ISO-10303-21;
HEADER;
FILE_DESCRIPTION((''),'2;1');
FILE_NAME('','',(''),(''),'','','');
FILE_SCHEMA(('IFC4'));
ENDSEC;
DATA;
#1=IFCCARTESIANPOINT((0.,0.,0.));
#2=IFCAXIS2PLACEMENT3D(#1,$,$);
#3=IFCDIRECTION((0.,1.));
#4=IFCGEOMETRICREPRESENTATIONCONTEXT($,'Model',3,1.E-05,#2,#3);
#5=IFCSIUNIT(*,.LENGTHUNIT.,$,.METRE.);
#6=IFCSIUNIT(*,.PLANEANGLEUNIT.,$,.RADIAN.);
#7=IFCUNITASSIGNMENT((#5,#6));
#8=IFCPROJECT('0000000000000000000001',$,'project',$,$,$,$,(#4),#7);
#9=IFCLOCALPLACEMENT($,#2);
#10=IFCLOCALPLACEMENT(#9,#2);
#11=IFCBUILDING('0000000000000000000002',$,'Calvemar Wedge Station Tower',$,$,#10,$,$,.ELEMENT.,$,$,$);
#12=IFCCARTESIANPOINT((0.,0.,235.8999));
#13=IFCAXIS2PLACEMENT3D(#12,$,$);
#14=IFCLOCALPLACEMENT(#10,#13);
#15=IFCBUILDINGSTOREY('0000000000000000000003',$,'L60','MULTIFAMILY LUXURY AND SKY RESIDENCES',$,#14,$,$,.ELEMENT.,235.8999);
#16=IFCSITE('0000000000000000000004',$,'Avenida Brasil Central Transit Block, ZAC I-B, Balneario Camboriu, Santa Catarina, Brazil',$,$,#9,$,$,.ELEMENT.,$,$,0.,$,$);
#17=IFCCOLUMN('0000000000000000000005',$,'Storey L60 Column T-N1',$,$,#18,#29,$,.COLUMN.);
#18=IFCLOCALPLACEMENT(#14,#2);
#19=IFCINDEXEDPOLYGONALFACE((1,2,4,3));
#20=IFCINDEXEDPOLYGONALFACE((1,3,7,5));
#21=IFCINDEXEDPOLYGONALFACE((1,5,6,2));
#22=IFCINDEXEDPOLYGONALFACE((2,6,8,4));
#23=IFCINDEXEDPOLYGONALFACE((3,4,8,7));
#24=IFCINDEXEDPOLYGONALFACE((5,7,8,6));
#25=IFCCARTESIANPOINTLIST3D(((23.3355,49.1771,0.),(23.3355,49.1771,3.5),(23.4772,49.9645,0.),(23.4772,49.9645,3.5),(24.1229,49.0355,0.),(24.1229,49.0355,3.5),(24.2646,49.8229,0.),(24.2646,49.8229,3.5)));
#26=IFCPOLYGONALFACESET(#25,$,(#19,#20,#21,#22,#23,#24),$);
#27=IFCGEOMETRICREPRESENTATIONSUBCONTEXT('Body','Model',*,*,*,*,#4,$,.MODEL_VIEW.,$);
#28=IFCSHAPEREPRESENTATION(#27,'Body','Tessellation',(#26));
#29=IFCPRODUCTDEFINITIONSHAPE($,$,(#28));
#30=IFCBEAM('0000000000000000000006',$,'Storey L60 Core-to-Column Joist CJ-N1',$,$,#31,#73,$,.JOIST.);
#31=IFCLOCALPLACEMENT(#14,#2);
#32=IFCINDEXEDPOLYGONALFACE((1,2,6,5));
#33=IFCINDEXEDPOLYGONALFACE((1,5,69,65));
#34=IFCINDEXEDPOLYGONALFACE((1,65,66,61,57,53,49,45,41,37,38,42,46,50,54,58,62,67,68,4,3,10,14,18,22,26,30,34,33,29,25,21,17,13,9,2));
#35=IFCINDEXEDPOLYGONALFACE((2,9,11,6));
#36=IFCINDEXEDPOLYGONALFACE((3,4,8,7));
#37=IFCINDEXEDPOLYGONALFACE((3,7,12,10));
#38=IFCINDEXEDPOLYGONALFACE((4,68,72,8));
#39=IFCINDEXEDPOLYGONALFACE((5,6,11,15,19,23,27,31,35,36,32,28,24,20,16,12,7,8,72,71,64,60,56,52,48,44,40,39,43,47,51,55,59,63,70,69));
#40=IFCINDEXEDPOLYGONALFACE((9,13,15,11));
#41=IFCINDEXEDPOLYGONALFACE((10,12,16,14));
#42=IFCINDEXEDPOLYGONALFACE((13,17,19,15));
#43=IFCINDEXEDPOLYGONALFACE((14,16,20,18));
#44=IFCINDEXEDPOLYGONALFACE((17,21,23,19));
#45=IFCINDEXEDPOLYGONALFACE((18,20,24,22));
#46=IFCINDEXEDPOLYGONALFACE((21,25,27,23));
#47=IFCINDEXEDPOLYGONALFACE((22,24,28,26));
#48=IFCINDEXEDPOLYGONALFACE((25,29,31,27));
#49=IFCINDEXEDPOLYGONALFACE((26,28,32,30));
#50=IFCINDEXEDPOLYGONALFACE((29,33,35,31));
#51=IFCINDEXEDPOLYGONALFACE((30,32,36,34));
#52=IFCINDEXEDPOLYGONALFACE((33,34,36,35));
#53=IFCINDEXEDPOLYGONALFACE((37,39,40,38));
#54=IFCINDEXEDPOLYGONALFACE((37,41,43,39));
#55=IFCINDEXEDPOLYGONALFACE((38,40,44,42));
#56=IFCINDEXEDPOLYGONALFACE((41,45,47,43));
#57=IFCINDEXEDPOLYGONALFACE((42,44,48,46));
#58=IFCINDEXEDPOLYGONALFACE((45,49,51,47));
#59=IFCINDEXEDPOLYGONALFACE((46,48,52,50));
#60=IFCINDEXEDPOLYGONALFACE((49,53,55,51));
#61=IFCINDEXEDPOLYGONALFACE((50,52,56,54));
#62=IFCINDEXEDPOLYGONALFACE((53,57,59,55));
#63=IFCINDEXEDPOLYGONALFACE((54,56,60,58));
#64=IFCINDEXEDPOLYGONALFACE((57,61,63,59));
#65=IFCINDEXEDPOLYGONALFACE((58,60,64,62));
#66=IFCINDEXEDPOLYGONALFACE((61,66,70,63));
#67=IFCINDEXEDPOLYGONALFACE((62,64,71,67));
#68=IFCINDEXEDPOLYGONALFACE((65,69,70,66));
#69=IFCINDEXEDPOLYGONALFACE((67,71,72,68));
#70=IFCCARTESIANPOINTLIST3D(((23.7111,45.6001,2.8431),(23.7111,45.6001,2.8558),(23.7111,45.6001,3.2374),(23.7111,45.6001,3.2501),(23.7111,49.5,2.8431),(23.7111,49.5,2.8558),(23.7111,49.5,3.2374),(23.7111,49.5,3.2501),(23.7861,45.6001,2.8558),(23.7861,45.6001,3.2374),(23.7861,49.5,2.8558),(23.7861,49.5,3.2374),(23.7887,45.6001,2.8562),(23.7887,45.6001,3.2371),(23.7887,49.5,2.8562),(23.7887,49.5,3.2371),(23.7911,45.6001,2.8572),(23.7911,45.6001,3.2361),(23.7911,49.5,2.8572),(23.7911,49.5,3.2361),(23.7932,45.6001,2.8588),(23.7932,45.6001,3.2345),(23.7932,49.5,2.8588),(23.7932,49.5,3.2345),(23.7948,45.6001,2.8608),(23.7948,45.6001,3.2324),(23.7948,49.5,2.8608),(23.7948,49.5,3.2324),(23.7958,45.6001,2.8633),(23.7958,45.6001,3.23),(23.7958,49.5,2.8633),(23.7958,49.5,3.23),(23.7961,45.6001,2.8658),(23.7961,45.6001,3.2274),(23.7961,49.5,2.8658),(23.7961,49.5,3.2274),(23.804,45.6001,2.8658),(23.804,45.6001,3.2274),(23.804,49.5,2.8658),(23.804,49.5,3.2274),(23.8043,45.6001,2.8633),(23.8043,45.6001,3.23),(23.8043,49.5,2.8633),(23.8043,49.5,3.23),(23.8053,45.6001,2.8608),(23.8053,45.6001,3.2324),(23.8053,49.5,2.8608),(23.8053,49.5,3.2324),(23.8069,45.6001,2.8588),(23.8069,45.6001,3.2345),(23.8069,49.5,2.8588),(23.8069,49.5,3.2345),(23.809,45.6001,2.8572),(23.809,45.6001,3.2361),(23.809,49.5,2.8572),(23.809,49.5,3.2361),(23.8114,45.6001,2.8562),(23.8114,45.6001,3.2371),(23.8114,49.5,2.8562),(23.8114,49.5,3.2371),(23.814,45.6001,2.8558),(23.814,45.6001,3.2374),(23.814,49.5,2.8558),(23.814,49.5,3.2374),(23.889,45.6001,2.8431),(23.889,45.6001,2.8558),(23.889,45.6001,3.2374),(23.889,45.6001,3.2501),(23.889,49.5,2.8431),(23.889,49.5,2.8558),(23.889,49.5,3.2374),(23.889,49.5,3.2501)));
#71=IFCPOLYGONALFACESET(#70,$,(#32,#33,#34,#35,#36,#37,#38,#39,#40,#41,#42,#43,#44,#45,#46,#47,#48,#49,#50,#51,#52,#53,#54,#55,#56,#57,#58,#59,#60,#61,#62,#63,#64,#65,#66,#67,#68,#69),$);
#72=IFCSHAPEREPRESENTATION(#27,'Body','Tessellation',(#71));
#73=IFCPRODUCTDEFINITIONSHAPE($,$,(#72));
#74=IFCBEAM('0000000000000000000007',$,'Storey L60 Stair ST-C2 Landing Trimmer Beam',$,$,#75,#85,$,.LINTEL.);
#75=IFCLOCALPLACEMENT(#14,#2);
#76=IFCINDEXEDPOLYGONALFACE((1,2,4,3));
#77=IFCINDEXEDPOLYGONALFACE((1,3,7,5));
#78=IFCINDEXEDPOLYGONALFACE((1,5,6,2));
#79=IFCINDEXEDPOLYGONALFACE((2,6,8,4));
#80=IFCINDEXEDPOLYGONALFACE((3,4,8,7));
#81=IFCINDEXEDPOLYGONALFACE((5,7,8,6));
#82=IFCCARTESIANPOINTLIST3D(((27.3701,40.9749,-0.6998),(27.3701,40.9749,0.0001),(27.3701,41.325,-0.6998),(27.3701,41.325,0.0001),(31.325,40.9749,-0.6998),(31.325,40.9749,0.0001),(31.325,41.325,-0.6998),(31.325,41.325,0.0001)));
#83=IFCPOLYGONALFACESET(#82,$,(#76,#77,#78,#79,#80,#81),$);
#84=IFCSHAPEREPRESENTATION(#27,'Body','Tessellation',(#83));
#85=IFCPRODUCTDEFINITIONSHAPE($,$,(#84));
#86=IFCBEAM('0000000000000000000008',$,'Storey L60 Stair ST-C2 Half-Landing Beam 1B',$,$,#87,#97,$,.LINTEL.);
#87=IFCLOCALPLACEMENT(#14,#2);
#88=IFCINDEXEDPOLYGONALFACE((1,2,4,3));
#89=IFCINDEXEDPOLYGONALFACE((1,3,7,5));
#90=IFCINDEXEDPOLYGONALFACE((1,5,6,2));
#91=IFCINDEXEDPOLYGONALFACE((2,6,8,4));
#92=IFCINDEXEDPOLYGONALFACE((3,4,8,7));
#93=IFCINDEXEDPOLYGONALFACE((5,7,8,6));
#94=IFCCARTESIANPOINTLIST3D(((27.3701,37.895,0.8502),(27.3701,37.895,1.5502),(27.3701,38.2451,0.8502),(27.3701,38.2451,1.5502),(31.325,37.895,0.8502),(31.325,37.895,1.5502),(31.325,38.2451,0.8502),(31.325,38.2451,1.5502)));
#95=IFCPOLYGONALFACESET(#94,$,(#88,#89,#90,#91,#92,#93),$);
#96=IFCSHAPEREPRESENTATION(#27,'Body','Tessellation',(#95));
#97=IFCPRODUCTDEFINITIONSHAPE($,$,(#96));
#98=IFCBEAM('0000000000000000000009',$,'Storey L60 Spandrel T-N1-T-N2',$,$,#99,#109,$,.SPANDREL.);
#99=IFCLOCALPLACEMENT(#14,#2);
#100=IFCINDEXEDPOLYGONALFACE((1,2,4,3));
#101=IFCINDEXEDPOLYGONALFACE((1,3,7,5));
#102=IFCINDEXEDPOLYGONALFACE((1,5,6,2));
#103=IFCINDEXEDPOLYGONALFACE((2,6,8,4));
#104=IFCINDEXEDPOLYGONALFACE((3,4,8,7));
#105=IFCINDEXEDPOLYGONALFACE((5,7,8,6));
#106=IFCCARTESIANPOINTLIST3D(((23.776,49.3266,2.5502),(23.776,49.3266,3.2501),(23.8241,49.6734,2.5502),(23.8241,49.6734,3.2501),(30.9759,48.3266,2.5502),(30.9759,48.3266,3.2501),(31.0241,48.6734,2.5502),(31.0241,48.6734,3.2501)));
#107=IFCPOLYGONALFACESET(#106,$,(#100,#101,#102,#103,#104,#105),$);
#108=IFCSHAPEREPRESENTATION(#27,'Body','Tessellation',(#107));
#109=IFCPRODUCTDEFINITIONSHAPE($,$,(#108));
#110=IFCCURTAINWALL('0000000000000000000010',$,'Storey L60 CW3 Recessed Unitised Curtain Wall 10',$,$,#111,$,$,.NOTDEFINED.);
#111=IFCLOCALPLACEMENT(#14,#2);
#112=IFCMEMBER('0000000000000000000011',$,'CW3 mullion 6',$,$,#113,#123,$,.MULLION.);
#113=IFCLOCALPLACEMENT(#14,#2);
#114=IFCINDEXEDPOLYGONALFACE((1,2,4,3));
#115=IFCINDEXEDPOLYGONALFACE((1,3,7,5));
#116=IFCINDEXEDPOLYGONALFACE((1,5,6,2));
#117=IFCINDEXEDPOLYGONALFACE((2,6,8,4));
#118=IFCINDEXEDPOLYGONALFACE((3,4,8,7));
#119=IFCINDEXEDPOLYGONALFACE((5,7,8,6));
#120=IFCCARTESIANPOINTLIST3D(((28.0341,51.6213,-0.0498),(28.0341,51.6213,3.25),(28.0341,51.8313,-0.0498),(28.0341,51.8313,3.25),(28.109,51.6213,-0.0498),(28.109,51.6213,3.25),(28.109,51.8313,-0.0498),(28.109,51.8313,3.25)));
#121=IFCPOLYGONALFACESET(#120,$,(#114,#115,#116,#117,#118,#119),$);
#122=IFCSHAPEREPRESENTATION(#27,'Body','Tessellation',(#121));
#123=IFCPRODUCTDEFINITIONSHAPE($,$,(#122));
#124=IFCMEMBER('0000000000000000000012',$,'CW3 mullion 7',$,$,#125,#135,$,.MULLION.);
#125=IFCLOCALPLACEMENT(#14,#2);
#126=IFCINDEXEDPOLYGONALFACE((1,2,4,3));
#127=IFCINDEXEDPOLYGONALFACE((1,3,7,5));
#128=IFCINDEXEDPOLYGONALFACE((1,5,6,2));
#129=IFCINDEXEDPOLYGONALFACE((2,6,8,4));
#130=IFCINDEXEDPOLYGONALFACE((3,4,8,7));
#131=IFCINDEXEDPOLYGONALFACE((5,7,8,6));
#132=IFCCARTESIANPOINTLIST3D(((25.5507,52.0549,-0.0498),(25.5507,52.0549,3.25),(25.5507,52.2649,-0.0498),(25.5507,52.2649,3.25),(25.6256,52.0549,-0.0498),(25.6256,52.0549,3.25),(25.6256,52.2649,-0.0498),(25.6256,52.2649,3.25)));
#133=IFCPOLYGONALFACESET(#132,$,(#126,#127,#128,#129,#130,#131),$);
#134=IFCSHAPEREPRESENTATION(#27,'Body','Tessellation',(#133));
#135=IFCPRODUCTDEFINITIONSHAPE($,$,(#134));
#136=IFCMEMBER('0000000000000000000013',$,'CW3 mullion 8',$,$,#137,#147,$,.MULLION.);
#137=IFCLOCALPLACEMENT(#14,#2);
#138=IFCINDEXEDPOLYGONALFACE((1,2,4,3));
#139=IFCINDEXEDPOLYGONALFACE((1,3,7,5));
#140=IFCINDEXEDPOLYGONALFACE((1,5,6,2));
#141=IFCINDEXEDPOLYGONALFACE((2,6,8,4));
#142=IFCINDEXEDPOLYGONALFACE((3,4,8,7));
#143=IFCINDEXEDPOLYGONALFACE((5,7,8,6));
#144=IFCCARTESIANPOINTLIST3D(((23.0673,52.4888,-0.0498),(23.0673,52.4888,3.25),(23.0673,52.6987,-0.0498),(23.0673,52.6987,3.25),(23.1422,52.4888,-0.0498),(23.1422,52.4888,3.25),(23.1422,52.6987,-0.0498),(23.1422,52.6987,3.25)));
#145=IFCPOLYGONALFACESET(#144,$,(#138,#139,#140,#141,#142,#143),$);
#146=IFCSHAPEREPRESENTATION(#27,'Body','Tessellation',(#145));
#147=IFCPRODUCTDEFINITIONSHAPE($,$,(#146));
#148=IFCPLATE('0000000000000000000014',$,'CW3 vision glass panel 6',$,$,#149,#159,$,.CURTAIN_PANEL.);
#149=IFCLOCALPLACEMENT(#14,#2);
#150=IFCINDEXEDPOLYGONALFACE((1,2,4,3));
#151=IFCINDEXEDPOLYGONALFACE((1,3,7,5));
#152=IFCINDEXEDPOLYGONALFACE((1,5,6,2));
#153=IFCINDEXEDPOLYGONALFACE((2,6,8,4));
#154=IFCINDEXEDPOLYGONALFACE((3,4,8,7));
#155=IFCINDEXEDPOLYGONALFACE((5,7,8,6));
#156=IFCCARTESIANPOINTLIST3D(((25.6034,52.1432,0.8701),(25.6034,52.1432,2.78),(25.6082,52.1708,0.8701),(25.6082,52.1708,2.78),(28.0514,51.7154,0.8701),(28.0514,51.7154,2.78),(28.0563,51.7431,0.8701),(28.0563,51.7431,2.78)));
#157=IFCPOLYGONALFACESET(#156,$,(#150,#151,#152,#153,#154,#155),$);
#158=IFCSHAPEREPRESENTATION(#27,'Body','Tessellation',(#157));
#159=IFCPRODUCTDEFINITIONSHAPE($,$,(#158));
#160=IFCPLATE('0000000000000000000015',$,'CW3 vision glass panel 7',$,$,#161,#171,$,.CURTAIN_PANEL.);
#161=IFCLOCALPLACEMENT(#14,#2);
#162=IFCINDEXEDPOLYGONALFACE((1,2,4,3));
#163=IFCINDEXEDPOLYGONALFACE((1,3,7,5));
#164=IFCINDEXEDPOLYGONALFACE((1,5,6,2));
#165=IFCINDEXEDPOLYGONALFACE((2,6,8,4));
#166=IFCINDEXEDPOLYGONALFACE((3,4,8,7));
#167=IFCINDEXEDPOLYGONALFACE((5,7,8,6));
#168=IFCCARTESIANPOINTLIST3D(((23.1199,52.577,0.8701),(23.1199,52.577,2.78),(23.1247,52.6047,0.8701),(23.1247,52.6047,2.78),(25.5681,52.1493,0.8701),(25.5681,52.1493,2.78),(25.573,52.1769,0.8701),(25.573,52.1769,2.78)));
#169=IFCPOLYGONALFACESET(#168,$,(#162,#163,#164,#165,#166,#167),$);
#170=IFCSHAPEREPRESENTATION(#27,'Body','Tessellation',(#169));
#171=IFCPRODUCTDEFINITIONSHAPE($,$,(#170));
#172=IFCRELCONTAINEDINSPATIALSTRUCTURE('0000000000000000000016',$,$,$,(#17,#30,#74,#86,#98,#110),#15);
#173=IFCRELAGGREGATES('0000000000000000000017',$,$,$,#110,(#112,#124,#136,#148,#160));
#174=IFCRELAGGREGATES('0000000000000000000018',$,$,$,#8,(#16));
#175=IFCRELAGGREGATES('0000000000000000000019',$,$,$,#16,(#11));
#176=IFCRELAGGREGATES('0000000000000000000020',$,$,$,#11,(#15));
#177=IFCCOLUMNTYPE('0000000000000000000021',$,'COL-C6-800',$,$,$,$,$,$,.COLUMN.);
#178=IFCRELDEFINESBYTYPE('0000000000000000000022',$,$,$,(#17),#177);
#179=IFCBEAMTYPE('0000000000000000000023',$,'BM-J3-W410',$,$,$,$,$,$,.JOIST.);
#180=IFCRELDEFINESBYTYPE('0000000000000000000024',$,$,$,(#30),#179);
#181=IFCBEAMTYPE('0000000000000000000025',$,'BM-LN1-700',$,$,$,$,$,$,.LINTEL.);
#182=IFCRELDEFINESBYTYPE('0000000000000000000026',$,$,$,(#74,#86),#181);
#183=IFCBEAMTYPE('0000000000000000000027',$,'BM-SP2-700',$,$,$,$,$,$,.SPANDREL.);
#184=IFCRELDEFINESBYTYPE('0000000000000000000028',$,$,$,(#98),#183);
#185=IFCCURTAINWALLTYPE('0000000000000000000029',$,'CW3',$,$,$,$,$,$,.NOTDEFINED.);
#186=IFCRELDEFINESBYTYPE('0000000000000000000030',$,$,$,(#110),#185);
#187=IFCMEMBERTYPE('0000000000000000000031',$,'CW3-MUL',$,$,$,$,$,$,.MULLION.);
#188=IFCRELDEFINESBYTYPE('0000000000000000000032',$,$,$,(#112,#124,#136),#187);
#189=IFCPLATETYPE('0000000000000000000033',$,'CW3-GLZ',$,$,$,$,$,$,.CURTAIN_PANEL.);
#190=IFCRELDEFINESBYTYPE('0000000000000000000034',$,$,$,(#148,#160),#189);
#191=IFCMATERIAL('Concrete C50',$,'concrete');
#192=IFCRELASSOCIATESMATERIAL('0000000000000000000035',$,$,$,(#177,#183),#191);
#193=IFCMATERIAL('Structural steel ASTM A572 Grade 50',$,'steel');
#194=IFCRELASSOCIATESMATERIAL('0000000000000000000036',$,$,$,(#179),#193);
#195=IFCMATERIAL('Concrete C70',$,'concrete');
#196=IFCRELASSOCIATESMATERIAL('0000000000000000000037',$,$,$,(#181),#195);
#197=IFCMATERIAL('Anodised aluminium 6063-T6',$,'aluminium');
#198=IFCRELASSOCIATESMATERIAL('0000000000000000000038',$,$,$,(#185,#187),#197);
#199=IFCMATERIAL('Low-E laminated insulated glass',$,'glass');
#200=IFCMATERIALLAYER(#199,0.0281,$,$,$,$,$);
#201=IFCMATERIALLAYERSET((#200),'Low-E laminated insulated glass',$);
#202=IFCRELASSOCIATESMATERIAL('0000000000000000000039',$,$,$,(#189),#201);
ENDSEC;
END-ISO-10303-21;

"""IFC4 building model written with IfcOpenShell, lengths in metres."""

from ifc_helpers import new_model, si_unit, direction, frame, frame_2d, origin, origin_2d, place, context, subcontext, project, spatial, rectangle, i_section, extrude, source, transform, mapped, material, layer, layer_set, material_profile, profile_set, type_object, element, aggregate, save


model = new_model("IFC4")

# Units and contexts
model_context = context("Model", 3, precision=1e-05, world=origin(), true_north=direction((0.0, 1.0)))
body_context = subcontext(model_context, "Body", "Model", "MODEL_VIEW")
ifc_project = project(units=[si_unit("LENGTHUNIT", "METRE"), si_unit("PLANEANGLEUNIT", "RADIAN")], contexts=[model_context])

# Site, building, storey
site_placement = place(None, origin())
site = spatial("IfcSite", under=ifc_project, at=site_placement, Name="Avenida Brasil Central Transit Block, ZAC I-B, Balneario Camboriu, Santa Catarina, Brazil", CompositionType="ELEMENT", RefElevation=0.0)
building_placement = place(site_placement, origin())
building = spatial("IfcBuilding", under=site, at=building_placement, Name="Calvemar Wedge Station Tower", CompositionType="ELEMENT")
storey_placement = place(building_placement, frame((0.0, 0.0, 235.8999)))
storey = spatial("IfcBuildingStorey", under=building, at=storey_placement, Name="L60", Description="MULTIFAMILY LUXURY AND SKY RESIDENCES", CompositionType="ELEMENT", Elevation=235.8999)

# Column
ifc_material_1 = material(Name="Concrete C50", Category="concrete")
ifc_material_profile_1 = material_profile(ifc_material_1, rectangle(XDim=0.8, YDim=0.8, at=origin_2d()), Name="RC800x800")
ifc_profile_set_1 = profile_set([ifc_material_profile_1], Name="Concrete C50")
column_type = type_object("IfcColumnType", Name="COL-C6-800", PredefinedType="COLUMN", material=ifc_profile_set_1)
shared_shape_1 = source(origin(), body_context, "Body", "SweptSolid", [
    extrude(rectangle(XDim=0.8, YDim=0.8, at=origin_2d()), origin(), (0.0, 0.0, 1.0), 3.5),
])
column_placement = place(storey_placement, frame((23.8, 49.5, 0.0), z_axis=(0.0, 0.0, 1.0), x_axis=(0.984196, -0.177085, 0.0)))
element("IfcColumn", 1, at=column_placement, inside=storey, type_object=column_type, Name="Storey L60 Column T-N1", PredefinedType="COLUMN", context=body_context, shape_type="MappedRepresentation", body=[
    mapped(shared_shape_1, transform((0.0, 0.0, 0.0), scale=1.0)),
])

# Beams
ifc_material_2 = material(Name="Structural steel ASTM A572 Grade 50", Category="steel")
ifc_material_profile_2 = material_profile(ifc_material_2, i_section(OverallWidth=0.178, OverallDepth=0.407, WebThickness=0.0078, FlangeThickness=0.0127, FilletRadius=0.01, at=origin_2d()), Name="W410x60")
ifc_profile_set_2 = profile_set([ifc_material_profile_2], Name="Structural steel ASTM A572 Grade 50")
beam_type_1 = type_object("IfcBeamType", Name="BM-J3-W410", PredefinedType="JOIST", material=ifc_profile_set_2)
shared_shape_2 = source(origin(), body_context, "Body", "SweptSolid", [
    extrude(i_section(OverallWidth=0.178, OverallDepth=0.407, WebThickness=0.0078, FlangeThickness=0.0127, FilletRadius=0.01, at=origin_2d()), origin(), (0.0, 0.0, 1.0), 3.8999),
])
beam_1_placement = place(storey_placement, frame((23.8, 45.6001, 3.0466), z_axis=(0.0, 1.0, 0.0), x_axis=(-1.0, 0.0, 0.0)))
element("IfcBeam", 2, at=beam_1_placement, inside=storey, type_object=beam_type_1, Name="Storey L60 Core-to-Column Joist CJ-N1", PredefinedType="JOIST", context=body_context, shape_type="MappedRepresentation", body=[
    mapped(shared_shape_2, transform((0.0, 0.0, 0.0), scale=1.0)),
])
ifc_material_3 = material(Name="Concrete C70", Category="concrete")
ifc_material_profile_3 = material_profile(ifc_material_3, rectangle(XDim=0.3501, YDim=0.7, at=origin_2d()), Name="RC350x700")
ifc_profile_set_3 = profile_set([ifc_material_profile_3], Name="Concrete C70")
beam_type_2 = type_object("IfcBeamType", Name="BM-LN1-700", PredefinedType="LINTEL", material=ifc_profile_set_3)
shared_shape_3 = source(origin(), body_context, "Body", "SweptSolid", [
    extrude(rectangle(XDim=0.3501, YDim=0.7, at=origin_2d()), origin(), (0.0, 0.0, 1.0), 3.9548),
])
for number, where, z_axis, x_axis, name in (
    (3, (27.3701, 41.1499, -0.3499), (1.0, 0.0, 0.0), (0.0, 1.0, 0.0), "Storey L60 Stair ST-C2 Landing Trimmer Beam"),
    (4, (27.3701, 38.0701, 1.2002), (1.0, 0.0, 0.0), (0.0, 1.0, 0.0), "Storey L60 Stair ST-C2 Half-Landing Beam 1B"),
):
    element("IfcBeam", number, at=place(storey_placement, frame(where, z_axis=z_axis, x_axis=x_axis)), inside=storey, type_object=beam_type_2, Name=name, PredefinedType="LINTEL", context=body_context, shape_type="MappedRepresentation", body=[
        mapped(shared_shape_3, transform((0.0, 0.0, 0.0), scale=1.0)),
    ])
ifc_material_profile_4 = material_profile(ifc_material_1, rectangle(XDim=0.3501, YDim=0.7, at=origin_2d()), Name="RC350x700")
ifc_profile_set_4 = profile_set([ifc_material_profile_4], Name="Concrete C50")
beam_type_3 = type_object("IfcBeamType", Name="BM-SP2-700", PredefinedType="SPANDREL", material=ifc_profile_set_4)
shared_shape_4 = source(origin(), body_context, "Body", "SweptSolid", [
    extrude(rectangle(XDim=0.3501, YDim=0.7, at=origin_2d()), origin(), (0.0, 0.0, 1.0), 7.269),
])
beam_2_placement = place(storey_placement, frame((23.8, 49.5, 2.9001), z_axis=(0.990492, -0.137569, 0.0), x_axis=(0.137569, 0.990492, 0.0)))
element("IfcBeam", 5, at=beam_2_placement, inside=storey, type_object=beam_type_3, Name="Storey L60 Spandrel T-N1-T-N2", PredefinedType="SPANDREL", context=body_context, shape_type="MappedRepresentation", body=[
    mapped(shared_shape_4, transform((0.0, 0.0, 0.0), scale=1.0)),
])

# Curtain wall, members, plates
ifc_material_4 = material(Name="Anodised aluminium 6063-T6", Category="aluminium")
curtain_wall_type = type_object("IfcCurtainWallType", Name="CW3", PredefinedType="NOTDEFINED", material=ifc_material_4)
curtain_wall_placement = place(storey_placement, origin())
curtain_wall = element("IfcCurtainWall", 6, at=curtain_wall_placement, inside=storey, type_object=curtain_wall_type, Name="Storey L60 CW3 Recessed Unitised Curtain Wall 10", PredefinedType="NOTDEFINED")
ifc_material_profile_5 = material_profile(ifc_material_4, rectangle(XDim=0.075, YDim=0.21, at=origin_2d()), Name="AL-MUL-75x210")
ifc_profile_set_5 = profile_set([ifc_material_profile_5], Name="Anodised aluminium 6063-T6")
member_type = type_object("IfcMemberType", Name="CW3-MUL", PredefinedType="MULLION", material=ifc_profile_set_5)
shared_shape_5 = source(origin(), body_context, "Body", "SweptSolid", [
    extrude(rectangle(XDim=0.075, YDim=0.21, at=origin_2d()), origin(), (0.0, 0.0, 1.0), 3.2998),
])
member_1_placement = place(storey_placement, frame((28.0715, 51.7263, -0.0498), z_axis=(0.0, 0.0, 1.0), x_axis=(1.0, 0.0, 0.0)))
member_1 = element("IfcMember", 7, at=member_1_placement, type_object=member_type, Name="CW3 mullion 6", PredefinedType="MULLION", context=body_context, shape_type="MappedRepresentation", body=[
    mapped(shared_shape_5, transform((0.0, 0.0, 0.0), scale=1.0)),
])
member_2_placement = place(storey_placement, frame((25.5881, 52.1599, -0.0498), z_axis=(0.0, 0.0, 1.0), x_axis=(1.0, 0.0, 0.0)))
member_2 = element("IfcMember", 8, at=member_2_placement, type_object=member_type, Name="CW3 mullion 7", PredefinedType="MULLION", context=body_context, shape_type="MappedRepresentation", body=[
    mapped(shared_shape_5, transform((0.0, 0.0, 0.0), scale=1.0)),
])
member_3_placement = place(storey_placement, frame((23.1047, 52.5938, -0.0498), z_axis=(0.0, 0.0, 1.0), x_axis=(1.0, 0.0, 0.0)))
member_3 = element("IfcMember", 9, at=member_3_placement, type_object=member_type, Name="CW3 mullion 8", PredefinedType="MULLION", context=body_context, shape_type="MappedRepresentation", body=[
    mapped(shared_shape_5, transform((0.0, 0.0, 0.0), scale=1.0)),
])
ifc_material_5 = material(Name="Low-E laminated insulated glass", Category="glass")
ifc_layer_1 = layer(ifc_material_5, 0.0281)
ifc_layer_set_1 = layer_set([ifc_layer_1], Name="Low-E laminated insulated glass")
plate_type_1 = type_object("IfcPlateType", Name="CW3-GLZ", PredefinedType="CURTAIN_PANEL", material=ifc_layer_set_1)
plate_1_placement = place(storey_placement, frame((28.054, 51.7292, 0.8701), z_axis=(0.0, 0.0, 1.0), x_axis=(-0.985076, 0.172121, 0.0)))
plate_1 = element("IfcPlate", 10, at=plate_1_placement, type_object=plate_type_1, Name="CW3 vision glass panel 6", PredefinedType="CURTAIN_PANEL", context=body_context, shape_type="SweptSolid", body=[
    extrude(rectangle(XDim=2.4851, YDim=0.0281, at=frame_2d((1.2427, 0.0))), origin(), (0.0, 0.0, 1.0), 1.9099),
])
plate_2_placement = place(storey_placement, frame((25.5706, 52.1631, 0.8701), z_axis=(0.0, 0.0, 1.0), x_axis=(-0.985079, 0.172104, 0.0)))
plate_2 = element("IfcPlate", 11, at=plate_2_placement, type_object=plate_type_1, Name="CW3 vision glass panel 7", PredefinedType="CURTAIN_PANEL", context=body_context, shape_type="SweptSolid", body=[
    extrude(rectangle(XDim=2.4854, YDim=0.0281, at=frame_2d((1.2427, 0.0))), origin(), (0.0, 0.0, 1.0), 1.9099),
])
aggregate(curtain_wall, [member_1, member_2, member_3, plate_1, plate_2])

save(model, "model.ifc")
